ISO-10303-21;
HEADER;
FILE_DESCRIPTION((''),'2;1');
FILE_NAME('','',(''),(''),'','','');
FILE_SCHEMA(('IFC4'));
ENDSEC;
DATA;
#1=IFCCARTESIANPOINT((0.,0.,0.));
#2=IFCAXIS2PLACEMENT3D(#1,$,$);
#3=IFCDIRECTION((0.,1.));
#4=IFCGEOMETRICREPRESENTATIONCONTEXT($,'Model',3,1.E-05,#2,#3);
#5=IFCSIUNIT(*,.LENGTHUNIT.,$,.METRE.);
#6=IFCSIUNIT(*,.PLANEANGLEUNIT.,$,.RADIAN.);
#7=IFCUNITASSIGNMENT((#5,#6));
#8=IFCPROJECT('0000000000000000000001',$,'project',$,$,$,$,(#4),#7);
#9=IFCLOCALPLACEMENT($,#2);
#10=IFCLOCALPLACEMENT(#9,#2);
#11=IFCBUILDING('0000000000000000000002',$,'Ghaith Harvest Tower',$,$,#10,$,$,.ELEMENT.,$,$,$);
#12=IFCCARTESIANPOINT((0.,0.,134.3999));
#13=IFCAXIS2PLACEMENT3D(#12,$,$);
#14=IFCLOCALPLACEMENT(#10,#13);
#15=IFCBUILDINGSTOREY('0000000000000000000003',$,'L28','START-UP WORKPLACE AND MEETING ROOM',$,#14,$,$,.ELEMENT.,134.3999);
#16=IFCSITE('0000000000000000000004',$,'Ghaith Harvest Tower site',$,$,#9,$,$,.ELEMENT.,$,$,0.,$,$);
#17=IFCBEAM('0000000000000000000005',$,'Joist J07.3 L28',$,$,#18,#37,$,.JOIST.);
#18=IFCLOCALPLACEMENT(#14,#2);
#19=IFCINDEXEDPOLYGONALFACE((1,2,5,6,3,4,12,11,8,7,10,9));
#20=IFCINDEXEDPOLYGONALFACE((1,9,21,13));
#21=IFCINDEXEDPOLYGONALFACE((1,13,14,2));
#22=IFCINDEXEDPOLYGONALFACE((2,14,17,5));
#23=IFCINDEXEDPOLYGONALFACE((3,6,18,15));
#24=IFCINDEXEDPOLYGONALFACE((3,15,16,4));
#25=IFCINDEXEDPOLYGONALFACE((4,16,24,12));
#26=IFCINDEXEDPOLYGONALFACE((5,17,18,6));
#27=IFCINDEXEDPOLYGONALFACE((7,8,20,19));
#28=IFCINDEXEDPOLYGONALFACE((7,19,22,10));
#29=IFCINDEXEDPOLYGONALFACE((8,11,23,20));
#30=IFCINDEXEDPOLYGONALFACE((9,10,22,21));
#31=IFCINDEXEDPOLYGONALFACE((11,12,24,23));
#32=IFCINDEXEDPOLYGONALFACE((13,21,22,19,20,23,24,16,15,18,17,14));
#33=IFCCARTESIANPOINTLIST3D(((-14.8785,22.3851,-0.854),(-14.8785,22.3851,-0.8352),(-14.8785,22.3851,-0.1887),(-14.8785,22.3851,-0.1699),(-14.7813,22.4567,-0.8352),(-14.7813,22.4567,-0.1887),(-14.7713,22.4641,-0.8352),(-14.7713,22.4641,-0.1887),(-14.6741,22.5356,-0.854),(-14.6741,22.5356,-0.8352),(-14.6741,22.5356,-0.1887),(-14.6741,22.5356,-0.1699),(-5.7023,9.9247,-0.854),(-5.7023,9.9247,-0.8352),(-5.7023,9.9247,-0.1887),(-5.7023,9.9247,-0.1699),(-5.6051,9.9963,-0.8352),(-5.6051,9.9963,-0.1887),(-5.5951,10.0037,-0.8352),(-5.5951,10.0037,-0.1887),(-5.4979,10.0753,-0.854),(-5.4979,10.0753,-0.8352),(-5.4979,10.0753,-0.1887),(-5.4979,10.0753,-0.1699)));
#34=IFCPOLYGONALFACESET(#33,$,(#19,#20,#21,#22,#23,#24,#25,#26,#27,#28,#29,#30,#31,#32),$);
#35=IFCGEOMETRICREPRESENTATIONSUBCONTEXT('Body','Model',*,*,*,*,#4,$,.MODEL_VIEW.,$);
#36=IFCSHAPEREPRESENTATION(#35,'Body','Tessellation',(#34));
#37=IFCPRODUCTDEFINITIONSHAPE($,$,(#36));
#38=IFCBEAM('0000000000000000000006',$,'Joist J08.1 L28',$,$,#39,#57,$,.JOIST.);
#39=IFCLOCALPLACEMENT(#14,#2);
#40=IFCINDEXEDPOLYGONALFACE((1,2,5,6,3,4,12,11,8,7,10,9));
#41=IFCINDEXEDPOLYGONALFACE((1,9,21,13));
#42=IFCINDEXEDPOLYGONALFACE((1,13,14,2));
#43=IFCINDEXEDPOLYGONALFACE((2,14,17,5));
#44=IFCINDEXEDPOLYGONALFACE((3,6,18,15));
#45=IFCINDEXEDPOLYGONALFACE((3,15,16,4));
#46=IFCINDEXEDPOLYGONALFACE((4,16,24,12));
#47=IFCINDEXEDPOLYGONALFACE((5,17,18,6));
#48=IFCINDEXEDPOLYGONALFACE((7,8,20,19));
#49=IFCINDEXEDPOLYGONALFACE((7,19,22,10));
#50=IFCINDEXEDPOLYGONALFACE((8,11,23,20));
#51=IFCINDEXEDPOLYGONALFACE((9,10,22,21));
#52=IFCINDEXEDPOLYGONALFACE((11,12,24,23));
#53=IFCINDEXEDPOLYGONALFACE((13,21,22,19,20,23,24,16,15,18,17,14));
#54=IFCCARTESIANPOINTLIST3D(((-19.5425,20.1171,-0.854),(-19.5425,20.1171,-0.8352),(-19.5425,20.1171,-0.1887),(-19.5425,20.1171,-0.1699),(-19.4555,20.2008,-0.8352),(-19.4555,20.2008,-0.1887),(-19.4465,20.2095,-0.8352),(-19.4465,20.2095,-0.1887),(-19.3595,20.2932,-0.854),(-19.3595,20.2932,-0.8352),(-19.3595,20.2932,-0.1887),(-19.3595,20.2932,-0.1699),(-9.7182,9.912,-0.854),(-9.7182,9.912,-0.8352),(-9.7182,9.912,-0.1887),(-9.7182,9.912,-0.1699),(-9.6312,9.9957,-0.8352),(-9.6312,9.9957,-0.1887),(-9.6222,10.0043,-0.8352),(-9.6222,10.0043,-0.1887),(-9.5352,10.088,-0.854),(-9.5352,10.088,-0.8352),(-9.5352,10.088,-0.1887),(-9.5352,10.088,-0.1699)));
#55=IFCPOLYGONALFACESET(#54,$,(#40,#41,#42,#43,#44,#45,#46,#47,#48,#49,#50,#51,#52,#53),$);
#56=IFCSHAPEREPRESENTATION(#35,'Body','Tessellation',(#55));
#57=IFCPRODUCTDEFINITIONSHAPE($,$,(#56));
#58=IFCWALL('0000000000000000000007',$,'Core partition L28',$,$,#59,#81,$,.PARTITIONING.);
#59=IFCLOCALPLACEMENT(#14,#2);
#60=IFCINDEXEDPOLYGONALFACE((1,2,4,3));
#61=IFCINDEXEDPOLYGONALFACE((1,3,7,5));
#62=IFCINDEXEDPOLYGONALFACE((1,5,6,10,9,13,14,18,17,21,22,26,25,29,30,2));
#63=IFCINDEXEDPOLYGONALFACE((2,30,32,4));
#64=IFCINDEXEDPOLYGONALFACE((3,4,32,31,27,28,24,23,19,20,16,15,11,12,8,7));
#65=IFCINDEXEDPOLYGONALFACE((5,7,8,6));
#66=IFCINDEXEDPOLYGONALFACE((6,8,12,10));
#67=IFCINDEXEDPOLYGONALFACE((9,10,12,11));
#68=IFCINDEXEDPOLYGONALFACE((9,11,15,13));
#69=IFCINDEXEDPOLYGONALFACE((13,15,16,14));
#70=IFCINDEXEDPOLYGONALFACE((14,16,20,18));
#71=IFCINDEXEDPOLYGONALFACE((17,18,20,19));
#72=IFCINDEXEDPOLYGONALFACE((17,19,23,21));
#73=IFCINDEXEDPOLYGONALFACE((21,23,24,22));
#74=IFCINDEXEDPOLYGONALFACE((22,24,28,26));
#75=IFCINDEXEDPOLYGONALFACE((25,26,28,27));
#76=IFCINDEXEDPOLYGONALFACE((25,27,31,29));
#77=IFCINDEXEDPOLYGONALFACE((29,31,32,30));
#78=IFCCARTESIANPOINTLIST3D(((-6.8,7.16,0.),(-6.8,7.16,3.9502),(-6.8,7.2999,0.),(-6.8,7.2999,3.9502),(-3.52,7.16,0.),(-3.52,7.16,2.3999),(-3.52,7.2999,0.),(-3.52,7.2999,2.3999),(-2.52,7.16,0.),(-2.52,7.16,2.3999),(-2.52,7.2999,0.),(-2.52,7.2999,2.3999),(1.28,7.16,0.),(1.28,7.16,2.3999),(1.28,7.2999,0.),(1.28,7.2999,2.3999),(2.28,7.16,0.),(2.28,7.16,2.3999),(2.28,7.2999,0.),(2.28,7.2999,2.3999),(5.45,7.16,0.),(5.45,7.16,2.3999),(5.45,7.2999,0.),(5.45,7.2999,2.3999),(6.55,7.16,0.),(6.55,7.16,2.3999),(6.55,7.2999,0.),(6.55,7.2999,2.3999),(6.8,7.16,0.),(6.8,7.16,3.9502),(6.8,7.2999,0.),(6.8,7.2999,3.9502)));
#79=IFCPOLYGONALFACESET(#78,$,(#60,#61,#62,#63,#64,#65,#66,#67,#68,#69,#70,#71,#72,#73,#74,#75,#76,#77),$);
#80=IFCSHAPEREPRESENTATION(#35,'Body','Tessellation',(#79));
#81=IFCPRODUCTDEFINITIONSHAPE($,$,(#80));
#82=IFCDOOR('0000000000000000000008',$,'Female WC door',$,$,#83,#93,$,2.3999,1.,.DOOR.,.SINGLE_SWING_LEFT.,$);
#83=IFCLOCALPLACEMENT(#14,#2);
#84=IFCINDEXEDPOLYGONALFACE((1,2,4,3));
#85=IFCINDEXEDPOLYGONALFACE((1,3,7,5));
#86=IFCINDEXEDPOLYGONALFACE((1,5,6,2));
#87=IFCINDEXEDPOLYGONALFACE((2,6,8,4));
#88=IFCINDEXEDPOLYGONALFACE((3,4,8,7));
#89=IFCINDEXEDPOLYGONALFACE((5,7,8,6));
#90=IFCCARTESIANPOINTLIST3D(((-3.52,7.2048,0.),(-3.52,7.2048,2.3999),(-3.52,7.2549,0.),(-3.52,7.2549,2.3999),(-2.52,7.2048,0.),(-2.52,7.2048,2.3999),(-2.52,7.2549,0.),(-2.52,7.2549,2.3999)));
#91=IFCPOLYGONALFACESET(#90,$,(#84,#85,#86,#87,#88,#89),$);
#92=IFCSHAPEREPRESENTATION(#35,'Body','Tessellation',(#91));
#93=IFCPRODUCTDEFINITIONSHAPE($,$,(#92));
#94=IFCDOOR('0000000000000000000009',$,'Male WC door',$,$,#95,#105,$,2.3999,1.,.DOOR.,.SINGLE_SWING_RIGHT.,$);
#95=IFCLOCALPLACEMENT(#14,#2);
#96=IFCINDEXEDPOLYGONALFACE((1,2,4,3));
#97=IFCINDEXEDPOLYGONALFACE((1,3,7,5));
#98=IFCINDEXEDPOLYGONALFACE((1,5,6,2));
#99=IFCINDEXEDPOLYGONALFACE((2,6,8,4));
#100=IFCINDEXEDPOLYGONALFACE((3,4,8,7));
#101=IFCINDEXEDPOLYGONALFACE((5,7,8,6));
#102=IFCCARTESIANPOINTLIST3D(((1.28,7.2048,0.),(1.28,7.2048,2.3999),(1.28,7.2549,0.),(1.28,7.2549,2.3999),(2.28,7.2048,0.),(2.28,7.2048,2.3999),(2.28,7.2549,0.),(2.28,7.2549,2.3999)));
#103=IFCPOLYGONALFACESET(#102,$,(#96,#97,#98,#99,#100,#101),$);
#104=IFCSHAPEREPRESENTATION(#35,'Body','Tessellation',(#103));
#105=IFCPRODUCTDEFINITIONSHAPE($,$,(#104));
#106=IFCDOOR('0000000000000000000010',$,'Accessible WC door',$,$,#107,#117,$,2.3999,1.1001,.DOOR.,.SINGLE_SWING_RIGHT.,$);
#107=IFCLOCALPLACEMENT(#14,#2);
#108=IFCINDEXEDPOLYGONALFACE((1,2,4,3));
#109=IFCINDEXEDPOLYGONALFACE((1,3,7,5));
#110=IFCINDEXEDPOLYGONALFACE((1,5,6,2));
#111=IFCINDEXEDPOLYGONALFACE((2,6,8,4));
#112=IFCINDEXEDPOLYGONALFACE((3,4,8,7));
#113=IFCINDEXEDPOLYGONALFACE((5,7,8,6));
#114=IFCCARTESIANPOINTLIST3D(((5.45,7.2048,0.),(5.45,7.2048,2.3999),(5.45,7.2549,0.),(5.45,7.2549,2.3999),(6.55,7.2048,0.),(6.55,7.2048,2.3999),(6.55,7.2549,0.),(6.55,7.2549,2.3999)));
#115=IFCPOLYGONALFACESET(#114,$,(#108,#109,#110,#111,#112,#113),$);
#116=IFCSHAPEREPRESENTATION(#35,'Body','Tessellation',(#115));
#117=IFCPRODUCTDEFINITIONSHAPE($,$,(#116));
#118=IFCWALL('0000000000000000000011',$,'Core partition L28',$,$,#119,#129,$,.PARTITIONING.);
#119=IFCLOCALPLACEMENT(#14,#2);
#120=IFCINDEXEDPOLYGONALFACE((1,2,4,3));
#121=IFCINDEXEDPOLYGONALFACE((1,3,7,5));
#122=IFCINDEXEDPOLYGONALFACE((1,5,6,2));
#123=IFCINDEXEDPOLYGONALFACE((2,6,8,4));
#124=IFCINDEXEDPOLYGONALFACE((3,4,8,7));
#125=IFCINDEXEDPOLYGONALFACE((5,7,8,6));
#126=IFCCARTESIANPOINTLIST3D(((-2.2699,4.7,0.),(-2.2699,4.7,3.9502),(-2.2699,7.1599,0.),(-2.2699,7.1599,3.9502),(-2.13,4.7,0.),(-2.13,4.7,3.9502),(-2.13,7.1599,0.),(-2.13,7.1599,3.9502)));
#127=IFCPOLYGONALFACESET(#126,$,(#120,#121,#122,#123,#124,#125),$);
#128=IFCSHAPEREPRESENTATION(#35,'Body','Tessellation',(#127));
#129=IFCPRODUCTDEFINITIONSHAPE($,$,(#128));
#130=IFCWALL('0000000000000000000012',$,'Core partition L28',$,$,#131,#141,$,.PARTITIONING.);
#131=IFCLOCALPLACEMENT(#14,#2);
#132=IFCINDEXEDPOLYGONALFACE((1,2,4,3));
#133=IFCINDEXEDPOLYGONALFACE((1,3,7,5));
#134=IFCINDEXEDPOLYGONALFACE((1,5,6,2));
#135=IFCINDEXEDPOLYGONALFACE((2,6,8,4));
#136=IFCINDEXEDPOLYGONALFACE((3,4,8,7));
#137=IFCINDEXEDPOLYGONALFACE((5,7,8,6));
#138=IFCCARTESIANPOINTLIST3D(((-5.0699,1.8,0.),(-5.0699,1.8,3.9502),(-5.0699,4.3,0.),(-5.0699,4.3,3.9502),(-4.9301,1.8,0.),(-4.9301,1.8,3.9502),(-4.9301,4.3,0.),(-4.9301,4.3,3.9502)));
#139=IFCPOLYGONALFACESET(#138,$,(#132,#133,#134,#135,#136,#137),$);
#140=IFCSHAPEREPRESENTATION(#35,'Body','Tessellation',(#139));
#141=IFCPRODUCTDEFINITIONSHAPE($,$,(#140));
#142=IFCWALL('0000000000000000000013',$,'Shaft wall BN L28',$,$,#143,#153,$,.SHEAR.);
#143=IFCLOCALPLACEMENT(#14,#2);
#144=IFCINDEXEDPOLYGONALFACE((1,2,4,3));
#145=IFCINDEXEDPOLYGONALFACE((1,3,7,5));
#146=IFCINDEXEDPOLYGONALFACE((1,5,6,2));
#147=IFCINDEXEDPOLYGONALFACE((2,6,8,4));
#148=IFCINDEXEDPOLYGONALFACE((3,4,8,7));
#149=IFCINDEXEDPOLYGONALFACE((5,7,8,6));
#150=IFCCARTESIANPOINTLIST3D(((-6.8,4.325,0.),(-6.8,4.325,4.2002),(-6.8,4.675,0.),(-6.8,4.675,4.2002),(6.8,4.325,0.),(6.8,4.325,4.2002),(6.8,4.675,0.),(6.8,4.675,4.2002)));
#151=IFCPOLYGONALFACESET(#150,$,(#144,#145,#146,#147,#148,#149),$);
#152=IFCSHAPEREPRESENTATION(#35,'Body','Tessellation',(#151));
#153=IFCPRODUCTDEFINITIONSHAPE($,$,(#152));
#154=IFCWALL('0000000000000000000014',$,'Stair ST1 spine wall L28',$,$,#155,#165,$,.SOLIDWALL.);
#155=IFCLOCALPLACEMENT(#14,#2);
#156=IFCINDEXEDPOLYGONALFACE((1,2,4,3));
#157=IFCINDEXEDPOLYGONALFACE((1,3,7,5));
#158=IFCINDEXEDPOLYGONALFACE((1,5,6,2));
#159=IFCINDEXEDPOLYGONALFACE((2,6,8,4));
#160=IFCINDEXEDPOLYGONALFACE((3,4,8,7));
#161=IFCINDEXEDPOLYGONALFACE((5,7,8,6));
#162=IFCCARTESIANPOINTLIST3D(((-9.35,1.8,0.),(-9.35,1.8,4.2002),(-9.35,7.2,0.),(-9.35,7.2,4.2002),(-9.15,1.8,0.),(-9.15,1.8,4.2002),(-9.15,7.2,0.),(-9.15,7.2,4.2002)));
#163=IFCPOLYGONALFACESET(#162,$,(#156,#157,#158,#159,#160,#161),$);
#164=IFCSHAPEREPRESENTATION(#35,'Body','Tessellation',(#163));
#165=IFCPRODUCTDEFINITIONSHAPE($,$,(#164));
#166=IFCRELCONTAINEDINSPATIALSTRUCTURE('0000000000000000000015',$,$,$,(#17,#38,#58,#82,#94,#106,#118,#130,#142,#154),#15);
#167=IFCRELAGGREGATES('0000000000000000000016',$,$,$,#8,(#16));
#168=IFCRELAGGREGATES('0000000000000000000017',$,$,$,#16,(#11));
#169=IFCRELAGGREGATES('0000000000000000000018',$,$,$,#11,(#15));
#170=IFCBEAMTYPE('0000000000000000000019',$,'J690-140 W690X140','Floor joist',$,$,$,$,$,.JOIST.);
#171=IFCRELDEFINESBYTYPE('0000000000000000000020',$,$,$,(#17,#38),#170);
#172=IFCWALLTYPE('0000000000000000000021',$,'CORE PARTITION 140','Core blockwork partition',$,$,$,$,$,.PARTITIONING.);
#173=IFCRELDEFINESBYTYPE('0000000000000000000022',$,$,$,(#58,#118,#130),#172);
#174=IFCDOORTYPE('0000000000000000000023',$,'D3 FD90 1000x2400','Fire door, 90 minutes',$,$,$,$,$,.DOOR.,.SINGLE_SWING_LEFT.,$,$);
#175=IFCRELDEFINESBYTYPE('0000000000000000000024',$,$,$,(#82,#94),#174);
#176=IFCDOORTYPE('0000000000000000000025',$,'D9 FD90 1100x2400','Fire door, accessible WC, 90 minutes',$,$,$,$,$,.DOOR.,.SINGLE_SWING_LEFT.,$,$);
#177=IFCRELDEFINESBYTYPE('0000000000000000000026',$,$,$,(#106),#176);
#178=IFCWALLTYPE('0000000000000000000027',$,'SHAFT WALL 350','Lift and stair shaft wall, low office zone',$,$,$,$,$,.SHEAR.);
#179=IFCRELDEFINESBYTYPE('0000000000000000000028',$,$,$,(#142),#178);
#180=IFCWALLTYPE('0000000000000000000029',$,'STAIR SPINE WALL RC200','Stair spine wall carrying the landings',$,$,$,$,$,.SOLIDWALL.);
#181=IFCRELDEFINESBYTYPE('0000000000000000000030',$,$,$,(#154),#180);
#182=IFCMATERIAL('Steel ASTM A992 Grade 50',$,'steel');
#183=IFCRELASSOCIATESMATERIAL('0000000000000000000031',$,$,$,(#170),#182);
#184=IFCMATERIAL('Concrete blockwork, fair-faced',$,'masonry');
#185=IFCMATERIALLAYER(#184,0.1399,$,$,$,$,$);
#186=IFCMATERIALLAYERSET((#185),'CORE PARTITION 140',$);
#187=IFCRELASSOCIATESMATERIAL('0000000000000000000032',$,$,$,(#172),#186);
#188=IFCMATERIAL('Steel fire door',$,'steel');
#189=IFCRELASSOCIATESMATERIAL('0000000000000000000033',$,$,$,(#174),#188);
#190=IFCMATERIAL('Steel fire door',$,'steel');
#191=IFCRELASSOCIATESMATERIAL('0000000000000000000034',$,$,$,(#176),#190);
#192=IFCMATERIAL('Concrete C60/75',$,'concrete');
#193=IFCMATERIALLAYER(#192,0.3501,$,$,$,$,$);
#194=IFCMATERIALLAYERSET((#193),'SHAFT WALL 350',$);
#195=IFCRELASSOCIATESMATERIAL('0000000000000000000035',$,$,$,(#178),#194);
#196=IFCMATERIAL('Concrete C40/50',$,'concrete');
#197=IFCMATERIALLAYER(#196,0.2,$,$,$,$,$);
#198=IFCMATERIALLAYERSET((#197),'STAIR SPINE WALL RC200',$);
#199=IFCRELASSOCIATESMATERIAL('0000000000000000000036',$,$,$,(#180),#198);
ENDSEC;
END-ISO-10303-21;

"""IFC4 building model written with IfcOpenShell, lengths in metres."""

from ifc_helpers import new_model, si_unit, direction, frame, frame_2d, origin, origin_2d, place, context, subcontext, project, spatial, rectangle, i_section, extrude, material, layer, layer_set, material_profile, profile_set, type_object, element, fill, save


model = new_model("IFC4")

# Units and contexts
model_context = context("Model", 3, precision=1e-05, world=origin(), true_north=direction((0.0, 1.0)))
body_context = subcontext(model_context, "Body", "Model", "MODEL_VIEW")
ifc_project = project(units=[si_unit("LENGTHUNIT", "METRE"), si_unit("PLANEANGLEUNIT", "RADIAN")], contexts=[model_context])

# Site, building, storey
site_placement = place(None, origin())
site = spatial("IfcSite", under=ifc_project, at=site_placement, Name="Ghaith Harvest Tower site", CompositionType="ELEMENT", RefElevation=0.0)
building_placement = place(site_placement, origin())
building = spatial("IfcBuilding", under=site, at=building_placement, Name="Ghaith Harvest Tower", CompositionType="ELEMENT")
storey_placement = place(building_placement, frame((0.0, 0.0, 134.3999)))
storey = spatial("IfcBuildingStorey", under=building, at=storey_placement, Name="L28", Description="START-UP WORKPLACE AND MEETING ROOM", CompositionType="ELEMENT", Elevation=134.3999)

# Beams
ifc_material_1 = material(Name="Steel ASTM A992 Grade 50", Category="steel")
ifc_material_profile_1 = material_profile(ifc_material_1, i_section(OverallWidth=0.2539, OverallDepth=0.6841, WebThickness=0.0125, FlangeThickness=0.0188, at=origin_2d()), Name="W690X140")
ifc_profile_set_1 = profile_set([ifc_material_profile_1], Name="Steel ASTM A992 Grade 50")
beam_type_1 = type_object("IfcBeamType", Name="J690-140 W690X140", Description="Floor joist", PredefinedType="JOIST", material=ifc_profile_set_1)
beam_1_placement = place(storey_placement, frame((-5.6001, 10.0, -0.512), z_axis=(-0.592985, 0.805214, 0.0), x_axis=(-0.805214, -0.592985, 0.0)))
element("IfcBeam", 1, at=beam_1_placement, inside=storey, type_object=beam_type_1, Name="Joist J07.3 L28", PredefinedType="JOIST", context=body_context, shape_type="SweptSolid", body=[
    extrude(i_section(OverallWidth=0.2539, OverallDepth=0.6841, WebThickness=0.0125, FlangeThickness=0.0188, at=origin_2d()), origin(), (0.0, 0.0, 1.0), 15.4746),
])
beam_2_placement = place(storey_placement, frame((-9.6267, 10.0, -0.512), z_axis=(-0.693536, 0.720422, 0.0), x_axis=(-0.720422, -0.693536, 0.0)))
element("IfcBeam", 2, at=beam_2_placement, inside=storey, type_object=beam_type_1, Name="Joist J08.1 L28", PredefinedType="JOIST", context=body_context, shape_type="SweptSolid", body=[
    extrude(i_section(OverallWidth=0.2539, OverallDepth=0.6841, WebThickness=0.0125, FlangeThickness=0.0188, at=origin_2d()), origin(), (0.0, 0.0, 1.0), 14.1655),
])

# Wall, openings, doors
ifc_material_2 = material(Name="Concrete blockwork, fair-faced", Category="masonry")
ifc_layer_1 = layer(ifc_material_2, 0.1399)
ifc_layer_set_1 = layer_set([ifc_layer_1], Name="CORE PARTITION 140")
wall_type_1 = type_object("IfcWallType", Name="CORE PARTITION 140", Description="Core blockwork partition", PredefinedType="PARTITIONING", material=ifc_layer_set_1)
wall_1_placement = place(storey_placement, frame((-6.8, 7.23, 0.0), z_axis=(0.0, 0.0, 1.0), x_axis=(1.0, 0.0, 0.0)))
wall_1 = element("IfcWall", 3, at=wall_1_placement, inside=storey, type_object=wall_type_1, Name="Core partition L28", PredefinedType="PARTITIONING", context=body_context, shape_type="SweptSolid", body=[
    extrude(rectangle(XDim=13.6001, YDim=0.1399, at=frame_2d((6.8, 0.0))), origin(), (0.0, 0.0, 1.0), 3.9502),
])
opening_1_placement = place(wall_1_placement, frame((3.28, 0.0, 0.0)))
opening_1 = element("IfcOpeningElement", 4, at=opening_1_placement, cuts=wall_1, PredefinedType="OPENING", context=body_context, shape_type="SweptSolid", body=[
    extrude(rectangle(XDim=1.0, YDim=2.3999, at=frame_2d((0.5, 1.2))), frame((0.0, 0.0801, 0.0), z_axis=(0.0, -1.0, 0.0), x_axis=(1.0, 0.0, 0.0)), (0.0, 0.0, 1.0), 0.1599),
])
opening_2_placement = place(wall_1_placement, frame((8.0801, 0.0, 0.0)))
opening_2 = element("IfcOpeningElement", 5, at=opening_2_placement, cuts=wall_1, PredefinedType="OPENING", context=body_context, shape_type="SweptSolid", body=[
    extrude(rectangle(XDim=1.0, YDim=2.3999, at=frame_2d((0.5, 1.2))), frame((0.0, 0.0801, 0.0), z_axis=(0.0, -1.0, 0.0), x_axis=(1.0, 0.0, 0.0)), (0.0, 0.0, 1.0), 0.1599),
])
opening_3_placement = place(wall_1_placement, frame((12.25, 0.0, 0.0)))
opening_3 = element("IfcOpeningElement", 6, at=opening_3_placement, cuts=wall_1, PredefinedType="OPENING", context=body_context, shape_type="SweptSolid", body=[
    extrude(rectangle(XDim=1.1001, YDim=2.3999, at=frame_2d((0.55, 1.2))), frame((0.0, 0.0801, 0.0), z_axis=(0.0, -1.0, 0.0), x_axis=(1.0, 0.0, 0.0)), (0.0, 0.0, 1.0), 0.1599),
])
ifc_material_3 = material(Name="Steel fire door", Category="steel")
door_type_1 = type_object("IfcDoorType", Name="D3 FD90 1000x2400", Description="Fire door, 90 minutes", OperationType="SINGLE_SWING_LEFT", PredefinedType="DOOR", material=ifc_material_3)
door_1_placement = place(opening_1_placement, origin())
door_1 = element("IfcDoor", 7, at=door_1_placement, inside=storey, type_object=door_type_1, Name="Female WC door", OperationType="SINGLE_SWING_LEFT", OverallHeight=2.3999, OverallWidth=1.0, PredefinedType="DOOR", context=body_context, shape_type="SweptSolid", body=[
    extrude(rectangle(XDim=1.0, YDim=2.3999, at=frame_2d((0.5, 1.2))), frame((0.0, 0.0249, 0.0), z_axis=(0.0, -1.0, 0.0), x_axis=(1.0, 0.0, 0.0)), (0.0, 0.0, 1.0), 0.05),
])
fill(opening_1, door_1)
door_2_placement = place(opening_2_placement, origin())
door_2 = element("IfcDoor", 8, at=door_2_placement, inside=storey, type_object=door_type_1, Name="Male WC door", OperationType="SINGLE_SWING_RIGHT", OverallHeight=2.3999, OverallWidth=1.0, PredefinedType="DOOR", context=body_context, shape_type="SweptSolid", body=[
    extrude(rectangle(XDim=1.0, YDim=2.3999, at=frame_2d((0.5, 1.2))), frame((0.0, 0.0249, 0.0), z_axis=(0.0, -1.0, 0.0), x_axis=(1.0, 0.0, 0.0)), (0.0, 0.0, 1.0), 0.05),
])
fill(opening_2, door_2)
ifc_material_4 = material(Name="Steel fire door", Category="steel")
door_type_2 = type_object("IfcDoorType", Name="D9 FD90 1100x2400", Description="Fire door, accessible WC, 90 minutes", OperationType="SINGLE_SWING_LEFT", PredefinedType="DOOR", material=ifc_material_4)
door_3_placement = place(opening_3_placement, origin())
door_3 = element("IfcDoor", 9, at=door_3_placement, inside=storey, type_object=door_type_2, Name="Accessible WC door", OperationType="SINGLE_SWING_RIGHT", OverallHeight=2.3999, OverallWidth=1.1001, PredefinedType="DOOR", context=body_context, shape_type="SweptSolid", body=[
    extrude(rectangle(XDim=1.1001, YDim=2.3999, at=frame_2d((0.55, 1.2))), frame((0.0, 0.0249, 0.0), z_axis=(0.0, -1.0, 0.0), x_axis=(1.0, 0.0, 0.0)), (0.0, 0.0, 1.0), 0.05),
])
fill(opening_3, door_3)

# Walls
wall_2_placement = place(storey_placement, frame((-2.2, 4.7, 0.0), z_axis=(0.0, 0.0, 1.0), x_axis=(0.0, 1.0, 0.0)))
element("IfcWall", 10, at=wall_2_placement, inside=storey, type_object=wall_type_1, Name="Core partition L28", PredefinedType="PARTITIONING", context=body_context, shape_type="SweptSolid", body=[
    extrude(rectangle(XDim=2.46, YDim=0.1399, at=frame_2d((1.23, 0.0))), origin(), (0.0, 0.0, 1.0), 3.9502),
])
wall_3_placement = place(storey_placement, frame((-5.0, 1.8, 0.0), z_axis=(0.0, 0.0, 1.0), x_axis=(0.0, 1.0, 0.0)))
element("IfcWall", 11, at=wall_3_placement, inside=storey, type_object=wall_type_1, Name="Core partition L28", PredefinedType="PARTITIONING", context=body_context, shape_type="SweptSolid", body=[
    extrude(rectangle(XDim=2.5, YDim=0.1399, at=frame_2d((1.25, 0.0))), origin(), (0.0, 0.0, 1.0), 3.9502),
])
ifc_material_5 = material(Name="Concrete C60/75", Category="concrete")
ifc_layer_2 = layer(ifc_material_5, 0.3501)
ifc_layer_set_2 = layer_set([ifc_layer_2], Name="SHAFT WALL 350")
wall_type_2 = type_object("IfcWallType", Name="SHAFT WALL 350", Description="Lift and stair shaft wall, low office zone", PredefinedType="SHEAR", material=ifc_layer_set_2)
wall_4_placement = place(storey_placement, frame((-6.8, 4.5, 0.0), z_axis=(0.0, 0.0, 1.0), x_axis=(1.0, 0.0, 0.0)))
element("IfcWall", 12, at=wall_4_placement, inside=storey, type_object=wall_type_2, Name="Shaft wall BN L28", PredefinedType="SHEAR", context=body_context, shape_type="SweptSolid", body=[
    extrude(rectangle(XDim=13.6001, YDim=0.3501, at=frame_2d((6.8, 0.0))), origin(), (0.0, 0.0, 1.0), 4.2002),
])
ifc_material_6 = material(Name="Concrete C40/50", Category="concrete")
ifc_layer_3 = layer(ifc_material_6, 0.2)
ifc_layer_set_3 = layer_set([ifc_layer_3], Name="STAIR SPINE WALL RC200")
wall_type_3 = type_object("IfcWallType", Name="STAIR SPINE WALL RC200", Description="Stair spine wall carrying the landings", PredefinedType="SOLIDWALL", material=ifc_layer_set_3)
wall_5_placement = place(storey_placement, frame((-9.25, 7.2, 0.0), z_axis=(0.0, 0.0, 1.0), x_axis=(0.0, -1.0, 0.0)))
element("IfcWall", 13, at=wall_5_placement, inside=storey, type_object=wall_type_3, Name="Stair ST1 spine wall L28", PredefinedType="SOLIDWALL", context=body_context, shape_type="SweptSolid", body=[
    extrude(rectangle(XDim=5.3999, YDim=0.2, at=frame_2d((2.7, 0.0))), origin(), (0.0, 0.0, 1.0), 4.2002),
])

save(model, "model.ifc")
